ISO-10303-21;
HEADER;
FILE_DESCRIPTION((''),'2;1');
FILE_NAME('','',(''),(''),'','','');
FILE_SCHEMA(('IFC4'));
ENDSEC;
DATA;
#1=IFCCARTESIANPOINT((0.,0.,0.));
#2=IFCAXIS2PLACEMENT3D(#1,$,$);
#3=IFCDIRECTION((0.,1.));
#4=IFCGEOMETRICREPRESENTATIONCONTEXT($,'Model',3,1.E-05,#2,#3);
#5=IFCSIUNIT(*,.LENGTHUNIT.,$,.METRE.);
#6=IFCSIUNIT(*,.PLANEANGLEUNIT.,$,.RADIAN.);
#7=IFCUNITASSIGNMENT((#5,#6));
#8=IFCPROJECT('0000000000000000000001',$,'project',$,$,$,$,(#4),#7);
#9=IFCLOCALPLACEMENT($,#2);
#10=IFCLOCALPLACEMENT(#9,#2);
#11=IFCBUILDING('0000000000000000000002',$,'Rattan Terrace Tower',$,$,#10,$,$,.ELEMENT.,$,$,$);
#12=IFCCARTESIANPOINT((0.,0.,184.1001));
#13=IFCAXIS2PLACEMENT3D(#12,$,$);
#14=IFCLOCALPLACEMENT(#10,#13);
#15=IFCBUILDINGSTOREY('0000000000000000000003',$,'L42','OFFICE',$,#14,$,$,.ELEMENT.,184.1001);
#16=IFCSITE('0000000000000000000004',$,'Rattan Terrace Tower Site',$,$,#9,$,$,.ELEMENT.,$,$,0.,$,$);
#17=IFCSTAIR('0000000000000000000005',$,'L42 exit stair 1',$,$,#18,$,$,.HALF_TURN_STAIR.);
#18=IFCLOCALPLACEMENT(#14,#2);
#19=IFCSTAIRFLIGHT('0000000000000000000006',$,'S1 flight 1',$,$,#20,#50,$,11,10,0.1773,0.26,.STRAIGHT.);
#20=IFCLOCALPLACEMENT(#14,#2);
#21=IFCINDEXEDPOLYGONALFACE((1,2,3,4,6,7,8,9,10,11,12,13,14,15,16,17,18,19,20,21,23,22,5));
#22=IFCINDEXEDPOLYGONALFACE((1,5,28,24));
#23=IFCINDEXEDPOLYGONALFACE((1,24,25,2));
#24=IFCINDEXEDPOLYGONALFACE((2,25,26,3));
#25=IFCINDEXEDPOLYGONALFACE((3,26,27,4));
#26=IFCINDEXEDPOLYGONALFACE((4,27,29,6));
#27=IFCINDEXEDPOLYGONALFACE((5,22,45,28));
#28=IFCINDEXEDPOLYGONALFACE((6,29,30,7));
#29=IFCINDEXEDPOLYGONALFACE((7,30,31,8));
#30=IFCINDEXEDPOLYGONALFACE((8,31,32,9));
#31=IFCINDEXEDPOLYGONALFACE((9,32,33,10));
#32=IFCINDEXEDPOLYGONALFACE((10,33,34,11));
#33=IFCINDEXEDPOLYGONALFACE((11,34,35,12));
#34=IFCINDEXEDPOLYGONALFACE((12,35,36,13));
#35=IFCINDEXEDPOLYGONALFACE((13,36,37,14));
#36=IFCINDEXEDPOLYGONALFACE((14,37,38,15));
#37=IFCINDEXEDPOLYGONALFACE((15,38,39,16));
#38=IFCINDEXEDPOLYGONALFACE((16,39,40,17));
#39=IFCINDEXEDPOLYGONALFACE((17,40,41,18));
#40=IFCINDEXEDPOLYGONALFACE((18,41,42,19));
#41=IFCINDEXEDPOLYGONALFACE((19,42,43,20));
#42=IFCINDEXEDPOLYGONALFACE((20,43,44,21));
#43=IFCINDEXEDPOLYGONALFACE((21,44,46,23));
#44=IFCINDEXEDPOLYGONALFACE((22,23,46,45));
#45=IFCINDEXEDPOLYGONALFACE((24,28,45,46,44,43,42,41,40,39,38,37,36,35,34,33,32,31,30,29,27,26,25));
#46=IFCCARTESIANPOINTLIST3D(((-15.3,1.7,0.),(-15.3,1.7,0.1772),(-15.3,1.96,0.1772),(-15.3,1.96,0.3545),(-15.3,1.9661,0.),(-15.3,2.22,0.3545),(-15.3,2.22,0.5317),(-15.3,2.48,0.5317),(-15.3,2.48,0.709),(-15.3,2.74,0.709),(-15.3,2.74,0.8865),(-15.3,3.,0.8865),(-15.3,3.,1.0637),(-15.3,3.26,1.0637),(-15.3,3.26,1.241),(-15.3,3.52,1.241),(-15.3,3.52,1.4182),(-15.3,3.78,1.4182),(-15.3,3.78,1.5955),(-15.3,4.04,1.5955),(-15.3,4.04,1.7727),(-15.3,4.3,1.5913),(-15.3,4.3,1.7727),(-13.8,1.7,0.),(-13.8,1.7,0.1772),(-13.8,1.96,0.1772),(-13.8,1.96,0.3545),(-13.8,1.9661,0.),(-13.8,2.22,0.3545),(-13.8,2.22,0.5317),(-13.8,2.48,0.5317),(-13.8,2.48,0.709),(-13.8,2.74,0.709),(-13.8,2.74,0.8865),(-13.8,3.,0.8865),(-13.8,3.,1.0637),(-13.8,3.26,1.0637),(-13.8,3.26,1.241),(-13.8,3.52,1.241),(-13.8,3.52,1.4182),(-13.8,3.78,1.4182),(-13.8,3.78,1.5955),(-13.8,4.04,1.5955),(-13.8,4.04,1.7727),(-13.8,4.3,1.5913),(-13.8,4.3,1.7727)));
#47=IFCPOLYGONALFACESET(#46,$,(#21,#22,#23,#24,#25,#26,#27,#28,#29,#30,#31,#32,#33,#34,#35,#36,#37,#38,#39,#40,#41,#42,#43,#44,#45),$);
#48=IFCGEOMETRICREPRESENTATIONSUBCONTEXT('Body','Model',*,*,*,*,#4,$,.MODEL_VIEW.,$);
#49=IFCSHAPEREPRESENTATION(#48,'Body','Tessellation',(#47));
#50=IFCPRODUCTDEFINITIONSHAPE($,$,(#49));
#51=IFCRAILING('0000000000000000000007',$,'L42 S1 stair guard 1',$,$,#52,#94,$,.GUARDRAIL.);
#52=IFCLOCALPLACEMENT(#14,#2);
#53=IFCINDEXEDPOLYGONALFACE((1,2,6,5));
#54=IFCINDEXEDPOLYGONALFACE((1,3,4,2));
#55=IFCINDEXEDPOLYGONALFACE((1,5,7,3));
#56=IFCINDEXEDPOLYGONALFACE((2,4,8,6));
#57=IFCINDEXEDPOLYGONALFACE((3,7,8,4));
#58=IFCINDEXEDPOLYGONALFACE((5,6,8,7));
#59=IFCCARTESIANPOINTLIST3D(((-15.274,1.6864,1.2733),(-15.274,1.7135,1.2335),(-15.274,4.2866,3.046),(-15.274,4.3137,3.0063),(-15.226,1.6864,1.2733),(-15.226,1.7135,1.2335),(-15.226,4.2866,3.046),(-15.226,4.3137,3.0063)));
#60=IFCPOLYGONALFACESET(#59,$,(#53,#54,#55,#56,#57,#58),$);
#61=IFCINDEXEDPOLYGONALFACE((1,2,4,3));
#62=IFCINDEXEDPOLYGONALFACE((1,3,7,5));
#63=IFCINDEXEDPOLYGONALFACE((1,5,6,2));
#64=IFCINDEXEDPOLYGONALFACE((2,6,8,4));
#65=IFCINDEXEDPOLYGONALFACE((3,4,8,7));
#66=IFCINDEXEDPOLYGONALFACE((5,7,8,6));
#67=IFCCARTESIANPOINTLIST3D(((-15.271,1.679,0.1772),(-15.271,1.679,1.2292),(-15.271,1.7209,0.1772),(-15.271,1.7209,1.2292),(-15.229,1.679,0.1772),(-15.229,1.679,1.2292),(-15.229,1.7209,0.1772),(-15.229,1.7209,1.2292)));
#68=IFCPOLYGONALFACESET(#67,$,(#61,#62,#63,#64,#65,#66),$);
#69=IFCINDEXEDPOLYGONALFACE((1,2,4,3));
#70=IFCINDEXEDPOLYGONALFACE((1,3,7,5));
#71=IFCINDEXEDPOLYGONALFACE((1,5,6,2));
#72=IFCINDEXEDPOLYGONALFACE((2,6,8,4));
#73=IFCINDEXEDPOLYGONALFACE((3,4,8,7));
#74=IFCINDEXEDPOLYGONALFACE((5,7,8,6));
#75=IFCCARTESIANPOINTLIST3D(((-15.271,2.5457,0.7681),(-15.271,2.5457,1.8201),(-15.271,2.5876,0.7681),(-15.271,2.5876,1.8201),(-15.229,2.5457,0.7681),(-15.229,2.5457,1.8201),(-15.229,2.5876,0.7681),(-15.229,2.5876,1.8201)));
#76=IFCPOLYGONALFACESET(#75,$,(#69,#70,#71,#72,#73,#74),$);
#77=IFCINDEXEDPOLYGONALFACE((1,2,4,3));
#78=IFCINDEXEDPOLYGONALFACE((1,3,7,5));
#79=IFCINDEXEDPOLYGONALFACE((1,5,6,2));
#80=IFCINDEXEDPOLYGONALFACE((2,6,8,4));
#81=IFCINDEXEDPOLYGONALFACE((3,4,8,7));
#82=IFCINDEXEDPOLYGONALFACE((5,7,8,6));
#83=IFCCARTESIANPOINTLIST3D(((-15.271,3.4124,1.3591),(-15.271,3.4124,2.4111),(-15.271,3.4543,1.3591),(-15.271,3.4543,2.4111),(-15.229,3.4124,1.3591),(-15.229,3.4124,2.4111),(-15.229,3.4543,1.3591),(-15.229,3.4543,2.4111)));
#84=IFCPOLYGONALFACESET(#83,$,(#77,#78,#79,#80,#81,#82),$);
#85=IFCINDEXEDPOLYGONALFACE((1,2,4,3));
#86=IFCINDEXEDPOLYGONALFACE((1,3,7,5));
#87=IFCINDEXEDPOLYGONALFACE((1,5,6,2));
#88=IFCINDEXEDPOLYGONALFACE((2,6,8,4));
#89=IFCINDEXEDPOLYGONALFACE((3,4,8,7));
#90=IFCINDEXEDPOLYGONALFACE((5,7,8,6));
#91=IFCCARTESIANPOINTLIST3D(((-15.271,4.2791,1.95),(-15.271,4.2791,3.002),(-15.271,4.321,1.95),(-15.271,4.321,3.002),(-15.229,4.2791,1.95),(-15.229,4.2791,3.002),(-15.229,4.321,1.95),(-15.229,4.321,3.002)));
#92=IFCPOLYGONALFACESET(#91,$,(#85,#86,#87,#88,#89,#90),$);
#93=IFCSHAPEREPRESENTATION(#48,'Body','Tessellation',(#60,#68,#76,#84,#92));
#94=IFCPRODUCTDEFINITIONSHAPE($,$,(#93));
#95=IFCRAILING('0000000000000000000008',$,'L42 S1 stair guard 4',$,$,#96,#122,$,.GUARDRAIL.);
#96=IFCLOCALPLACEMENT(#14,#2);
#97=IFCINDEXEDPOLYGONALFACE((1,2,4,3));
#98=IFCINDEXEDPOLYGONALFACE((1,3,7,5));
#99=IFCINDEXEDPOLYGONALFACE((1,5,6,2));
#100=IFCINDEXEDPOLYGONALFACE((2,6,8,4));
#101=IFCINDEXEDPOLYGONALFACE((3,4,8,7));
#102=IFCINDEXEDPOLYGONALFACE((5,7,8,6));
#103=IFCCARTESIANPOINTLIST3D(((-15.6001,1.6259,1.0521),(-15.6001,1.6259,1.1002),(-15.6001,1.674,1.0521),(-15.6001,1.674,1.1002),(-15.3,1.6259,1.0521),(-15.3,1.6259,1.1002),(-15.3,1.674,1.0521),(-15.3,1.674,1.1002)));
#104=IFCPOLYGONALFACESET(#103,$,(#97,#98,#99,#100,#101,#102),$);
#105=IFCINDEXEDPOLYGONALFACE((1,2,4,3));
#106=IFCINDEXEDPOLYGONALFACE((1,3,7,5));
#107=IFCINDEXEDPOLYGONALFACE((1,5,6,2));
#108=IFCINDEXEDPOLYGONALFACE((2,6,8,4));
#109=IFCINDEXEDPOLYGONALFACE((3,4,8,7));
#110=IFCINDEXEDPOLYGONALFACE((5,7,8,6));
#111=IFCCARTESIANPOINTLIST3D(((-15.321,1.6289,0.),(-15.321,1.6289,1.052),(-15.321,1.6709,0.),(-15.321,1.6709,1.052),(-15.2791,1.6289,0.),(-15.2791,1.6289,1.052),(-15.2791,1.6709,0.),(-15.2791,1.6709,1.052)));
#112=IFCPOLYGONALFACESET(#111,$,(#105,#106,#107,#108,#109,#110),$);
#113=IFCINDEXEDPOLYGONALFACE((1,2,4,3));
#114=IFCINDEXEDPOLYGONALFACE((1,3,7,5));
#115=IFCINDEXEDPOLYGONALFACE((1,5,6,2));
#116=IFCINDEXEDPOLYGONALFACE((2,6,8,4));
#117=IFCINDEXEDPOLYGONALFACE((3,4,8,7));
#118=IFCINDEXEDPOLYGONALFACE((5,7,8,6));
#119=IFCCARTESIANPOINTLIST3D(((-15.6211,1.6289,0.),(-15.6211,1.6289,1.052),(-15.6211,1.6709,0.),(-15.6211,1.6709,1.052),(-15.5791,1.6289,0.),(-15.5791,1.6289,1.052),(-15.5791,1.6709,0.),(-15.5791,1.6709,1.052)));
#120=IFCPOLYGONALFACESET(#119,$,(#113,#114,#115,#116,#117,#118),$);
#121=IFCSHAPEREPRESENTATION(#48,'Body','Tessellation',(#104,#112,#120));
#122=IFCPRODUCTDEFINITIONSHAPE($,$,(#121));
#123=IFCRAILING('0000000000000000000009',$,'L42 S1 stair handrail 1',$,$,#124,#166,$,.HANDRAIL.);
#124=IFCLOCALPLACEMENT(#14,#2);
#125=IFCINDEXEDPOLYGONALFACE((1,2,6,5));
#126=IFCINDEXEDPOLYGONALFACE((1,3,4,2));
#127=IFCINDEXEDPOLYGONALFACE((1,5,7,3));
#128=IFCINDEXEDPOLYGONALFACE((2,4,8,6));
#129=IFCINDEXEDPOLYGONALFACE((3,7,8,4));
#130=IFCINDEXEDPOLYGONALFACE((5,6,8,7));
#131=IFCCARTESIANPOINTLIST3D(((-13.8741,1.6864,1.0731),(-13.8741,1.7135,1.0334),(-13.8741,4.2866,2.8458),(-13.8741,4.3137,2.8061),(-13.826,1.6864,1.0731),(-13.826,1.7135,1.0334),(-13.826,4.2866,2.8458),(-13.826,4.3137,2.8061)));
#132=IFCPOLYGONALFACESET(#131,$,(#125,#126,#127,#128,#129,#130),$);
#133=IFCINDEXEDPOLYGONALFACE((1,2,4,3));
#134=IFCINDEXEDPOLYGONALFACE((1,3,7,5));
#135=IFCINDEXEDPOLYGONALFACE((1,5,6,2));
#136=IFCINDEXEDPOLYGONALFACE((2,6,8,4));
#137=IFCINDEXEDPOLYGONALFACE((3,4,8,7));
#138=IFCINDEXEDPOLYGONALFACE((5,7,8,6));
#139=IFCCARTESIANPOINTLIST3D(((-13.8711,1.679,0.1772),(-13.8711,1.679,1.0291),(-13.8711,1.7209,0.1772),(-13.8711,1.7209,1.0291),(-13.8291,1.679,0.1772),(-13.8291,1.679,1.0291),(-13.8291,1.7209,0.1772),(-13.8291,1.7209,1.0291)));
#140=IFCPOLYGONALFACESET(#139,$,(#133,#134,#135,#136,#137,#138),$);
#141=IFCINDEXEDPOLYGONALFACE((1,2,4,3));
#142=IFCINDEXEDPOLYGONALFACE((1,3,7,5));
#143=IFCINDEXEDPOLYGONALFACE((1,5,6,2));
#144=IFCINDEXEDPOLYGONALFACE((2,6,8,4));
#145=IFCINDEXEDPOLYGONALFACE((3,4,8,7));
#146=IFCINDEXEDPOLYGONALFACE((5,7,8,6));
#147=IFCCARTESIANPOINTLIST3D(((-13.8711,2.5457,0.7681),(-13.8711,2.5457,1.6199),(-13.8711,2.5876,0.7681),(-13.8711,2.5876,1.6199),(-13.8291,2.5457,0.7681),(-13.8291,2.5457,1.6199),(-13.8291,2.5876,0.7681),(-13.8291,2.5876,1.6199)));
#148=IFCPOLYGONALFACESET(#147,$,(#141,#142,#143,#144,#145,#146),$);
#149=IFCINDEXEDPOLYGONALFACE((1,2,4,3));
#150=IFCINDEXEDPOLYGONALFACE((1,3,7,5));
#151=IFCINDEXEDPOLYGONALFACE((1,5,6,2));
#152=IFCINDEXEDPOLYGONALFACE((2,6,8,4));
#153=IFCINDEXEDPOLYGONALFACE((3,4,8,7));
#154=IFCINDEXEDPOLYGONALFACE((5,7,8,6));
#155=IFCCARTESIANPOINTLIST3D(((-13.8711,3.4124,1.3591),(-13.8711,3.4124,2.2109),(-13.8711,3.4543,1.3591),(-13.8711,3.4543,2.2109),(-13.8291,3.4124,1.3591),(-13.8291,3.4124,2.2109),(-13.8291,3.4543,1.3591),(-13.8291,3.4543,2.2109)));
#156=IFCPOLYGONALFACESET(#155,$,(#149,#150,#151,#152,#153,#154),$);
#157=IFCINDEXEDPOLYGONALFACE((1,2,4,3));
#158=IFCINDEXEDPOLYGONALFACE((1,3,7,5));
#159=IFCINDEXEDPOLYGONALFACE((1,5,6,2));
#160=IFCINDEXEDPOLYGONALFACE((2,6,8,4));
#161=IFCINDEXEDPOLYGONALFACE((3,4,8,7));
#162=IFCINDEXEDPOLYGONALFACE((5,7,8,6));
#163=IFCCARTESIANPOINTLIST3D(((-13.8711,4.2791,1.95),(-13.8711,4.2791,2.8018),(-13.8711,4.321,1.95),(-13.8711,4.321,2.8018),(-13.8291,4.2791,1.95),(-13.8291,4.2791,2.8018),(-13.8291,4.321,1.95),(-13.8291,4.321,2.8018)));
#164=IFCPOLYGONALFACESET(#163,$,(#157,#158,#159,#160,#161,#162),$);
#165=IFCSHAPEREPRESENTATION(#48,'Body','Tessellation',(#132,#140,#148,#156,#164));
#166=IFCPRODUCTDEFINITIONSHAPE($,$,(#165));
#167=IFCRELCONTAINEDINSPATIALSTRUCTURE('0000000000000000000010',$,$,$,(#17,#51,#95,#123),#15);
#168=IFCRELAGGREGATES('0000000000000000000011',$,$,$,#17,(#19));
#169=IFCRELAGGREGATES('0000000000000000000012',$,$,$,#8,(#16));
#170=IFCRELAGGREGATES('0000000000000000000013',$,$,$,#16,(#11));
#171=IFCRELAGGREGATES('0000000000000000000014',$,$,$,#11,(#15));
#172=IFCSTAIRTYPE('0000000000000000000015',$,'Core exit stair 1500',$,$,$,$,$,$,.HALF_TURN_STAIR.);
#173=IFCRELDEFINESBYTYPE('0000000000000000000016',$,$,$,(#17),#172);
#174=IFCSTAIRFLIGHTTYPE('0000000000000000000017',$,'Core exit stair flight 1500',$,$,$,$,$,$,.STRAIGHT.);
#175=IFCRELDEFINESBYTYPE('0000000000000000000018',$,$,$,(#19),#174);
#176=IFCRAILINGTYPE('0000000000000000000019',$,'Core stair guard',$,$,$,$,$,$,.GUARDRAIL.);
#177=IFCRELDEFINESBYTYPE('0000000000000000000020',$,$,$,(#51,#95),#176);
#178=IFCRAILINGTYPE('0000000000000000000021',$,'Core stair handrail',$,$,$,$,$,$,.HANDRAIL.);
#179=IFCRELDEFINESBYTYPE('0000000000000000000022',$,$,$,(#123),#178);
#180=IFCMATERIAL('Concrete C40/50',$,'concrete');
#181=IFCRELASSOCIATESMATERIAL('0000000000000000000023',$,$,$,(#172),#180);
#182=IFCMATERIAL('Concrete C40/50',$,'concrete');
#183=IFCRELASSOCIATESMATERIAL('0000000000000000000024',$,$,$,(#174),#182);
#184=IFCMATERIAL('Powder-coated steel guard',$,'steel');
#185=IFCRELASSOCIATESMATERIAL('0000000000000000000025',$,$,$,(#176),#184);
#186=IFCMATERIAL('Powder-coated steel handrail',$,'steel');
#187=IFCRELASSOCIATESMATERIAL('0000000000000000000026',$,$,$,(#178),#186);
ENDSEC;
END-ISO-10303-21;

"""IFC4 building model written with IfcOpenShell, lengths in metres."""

from ifc_helpers import new_model, si_unit, direction, frame, origin, origin_2d, place, context, subcontext, project, spatial, polyline, rectangle, outline, extrude, material, type_object, element, aggregate, save


model = new_model("IFC4")

# Units and contexts
model_context = context("Model", 3, precision=1e-05, world=origin(), true_north=direction((0.0, 1.0)))
body_context = subcontext(model_context, "Body", "Model", "MODEL_VIEW")
ifc_project = project(units=[si_unit("LENGTHUNIT", "METRE"), si_unit("PLANEANGLEUNIT", "RADIAN")], contexts=[model_context])

# Site, building, storey
site_placement = place(None, origin())
site = spatial("IfcSite", under=ifc_project, at=site_placement, Name="Rattan Terrace Tower Site", CompositionType="ELEMENT", RefElevation=0.0)
building_placement = place(site_placement, origin())
building = spatial("IfcBuilding", under=site, at=building_placement, Name="Rattan Terrace Tower", CompositionType="ELEMENT")
storey_placement = place(building_placement, frame((0.0, 0.0, 184.1001)))
storey = spatial("IfcBuildingStorey", under=building, at=storey_placement, Name="L42", Description="OFFICE", CompositionType="ELEMENT", Elevation=184.1001)

# Stair
ifc_material_1 = material(Name="Concrete C40/50", Category="concrete")
stair_type = type_object("IfcStairType", Name="Core exit stair 1500", PredefinedType="HALF_TURN_STAIR", material=ifc_material_1)
stair_1_placement = place(storey_placement, origin())
stair_1 = element("IfcStair", 1, at=stair_1_placement, inside=storey, type_object=stair_type, Name="L42 exit stair 1", PredefinedType="HALF_TURN_STAIR")

# Stair flight
ifc_material_2 = material(Name="Concrete C40/50", Category="concrete")
stair_flight_type = type_object("IfcStairFlightType", Name="Core exit stair flight 1500", PredefinedType="STRAIGHT", material=ifc_material_2)
stair_flight_placement = place(storey_placement, frame((-14.55, 1.7, 0.0), z_axis=(0.0, 0.0, 1.0), x_axis=(0.0, 1.0, 0.0)))
stair_flight = element("IfcStairFlight", 2, at=stair_flight_placement, type_object=stair_flight_type, Name="S1 flight 1", NumberOfRisers=11, NumberOfTreads=10, PredefinedType="STRAIGHT", RiserHeight=0.1773, TreadLength=0.26, context=body_context, shape_type="SweptSolid", body=[
    extrude(outline(polyline([(0.0, 0.0), (0.0, 0.1772), (0.26, 0.1772), (0.26, 0.3545), (0.52, 0.3545), (0.52, 0.5317), (0.78, 0.5317), (0.78, 0.709), (1.04, 0.709), (1.04, 0.8865), (1.3, 0.8865), (1.3, 1.0637), (1.5601, 1.0637), (1.5601, 1.241), (1.8201, 1.241), (1.8201, 1.4182), (2.0801, 1.4182), (2.0801, 1.5955), (2.3401, 1.5955), (2.3401, 1.7727), (2.6001, 1.7727), (2.6001, 1.95), (2.6001, 1.5913), (0.2661, 0.0), (0.0, 0.0)])), frame((0.0, 0.75, 0.0), z_axis=(0.0, -1.0, 0.0), x_axis=(1.0, 0.0, 0.0)), (0.0, 0.0, 1.0), 1.5),
])
aggregate(stair_1, [stair_flight])

# Railings
ifc_material_3 = material(Name="Powder-coated steel guard", Category="steel")
railing_type_1 = type_object("IfcRailingType", Name="Core stair guard", PredefinedType="GUARDRAIL", material=ifc_material_3)
railing_1_placement = place(storey_placement, frame((-15.25, 1.7, 0.1772)))
element("IfcRailing", 3, at=railing_1_placement, inside=storey, type_object=railing_type_1, Name="L42 S1 stair guard 1", PredefinedType="GUARDRAIL", context=body_context, shape_type="SweptSolid", body=[
    extrude(rectangle(XDim=0.0481, YDim=0.0481, at=origin_2d()), frame((0.0, 0.0, 1.0762), z_axis=(0.0, 0.82624, 0.563318), x_axis=(-1.0, 0.0, 0.0)), (0.0, 0.0, 1.0), 3.147),
    extrude(rectangle(XDim=0.042, YDim=0.042, at=origin_2d()), origin(), (0.0, 0.0, 1.0), 1.052),
    extrude(rectangle(XDim=0.042, YDim=0.042, at=origin_2d()), frame((0.0, 0.8667, 0.5908)), (0.0, 0.0, 1.0), 1.052),
    extrude(rectangle(XDim=0.042, YDim=0.042, at=origin_2d()), frame((0.0, 1.7334, 1.1819)), (0.0, 0.0, 1.0), 1.052),
    extrude(rectangle(XDim=0.042, YDim=0.042, at=origin_2d()), frame((0.0, 2.6001, 1.7727)), (0.0, 0.0, 1.0), 1.052),
])
railing_2_placement = place(storey_placement, frame((-15.3, 1.6499, 0.0)))
element("IfcRailing", 4, at=railing_2_placement, inside=storey, type_object=railing_type_1, Name="L42 S1 stair guard 4", PredefinedType="GUARDRAIL", context=body_context, shape_type="SweptSolid", body=[
    extrude(rectangle(XDim=0.0481, YDim=0.0481, at=origin_2d()), frame((0.0, 0.0, 1.0762), z_axis=(-1.0, 0.0, 0.0), x_axis=(0.0, -1.0, 0.0)), (0.0, 0.0, 1.0), 0.3),
    extrude(rectangle(XDim=0.042, YDim=0.042, at=origin_2d()), origin(), (0.0, 0.0, 1.0), 1.052),
    extrude(rectangle(XDim=0.042, YDim=0.042, at=origin_2d()), frame((-0.3, 0.0, 0.0)), (0.0, 0.0, 1.0), 1.052),
])
ifc_material_4 = material(Name="Powder-coated steel handrail", Category="steel")
railing_type_2 = type_object("IfcRailingType", Name="Core stair handrail", PredefinedType="HANDRAIL", material=ifc_material_4)
railing_3_placement = place(storey_placement, frame((-13.8501, 1.7, 0.1772)))
element("IfcRailing", 5, at=railing_3_placement, inside=storey, type_object=railing_type_2, Name="L42 S1 stair handrail 1", PredefinedType="HANDRAIL", context=body_context, shape_type="SweptSolid", body=[
    extrude(rectangle(XDim=0.0481, YDim=0.0481, at=origin_2d()), frame((0.0, 0.0, 0.876), z_axis=(0.0, 0.82624, 0.563318), x_axis=(-1.0, 0.0, 0.0)), (0.0, 0.0, 1.0), 3.147),
    extrude(rectangle(XDim=0.042, YDim=0.042, at=origin_2d()), origin(), (0.0, 0.0, 1.0), 0.8518),
    extrude(rectangle(XDim=0.042, YDim=0.042, at=origin_2d()), frame((0.0, 0.8667, 0.5908)), (0.0, 0.0, 1.0), 0.8518),
    extrude(rectangle(XDim=0.042, YDim=0.042, at=origin_2d()), frame((0.0, 1.7334, 1.1819)), (0.0, 0.0, 1.0), 0.8518),
    extrude(rectangle(XDim=0.042, YDim=0.042, at=origin_2d()), frame((0.0, 2.6001, 1.7727)), (0.0, 0.0, 1.0), 0.8518),
])

save(model, "model.ifc")
